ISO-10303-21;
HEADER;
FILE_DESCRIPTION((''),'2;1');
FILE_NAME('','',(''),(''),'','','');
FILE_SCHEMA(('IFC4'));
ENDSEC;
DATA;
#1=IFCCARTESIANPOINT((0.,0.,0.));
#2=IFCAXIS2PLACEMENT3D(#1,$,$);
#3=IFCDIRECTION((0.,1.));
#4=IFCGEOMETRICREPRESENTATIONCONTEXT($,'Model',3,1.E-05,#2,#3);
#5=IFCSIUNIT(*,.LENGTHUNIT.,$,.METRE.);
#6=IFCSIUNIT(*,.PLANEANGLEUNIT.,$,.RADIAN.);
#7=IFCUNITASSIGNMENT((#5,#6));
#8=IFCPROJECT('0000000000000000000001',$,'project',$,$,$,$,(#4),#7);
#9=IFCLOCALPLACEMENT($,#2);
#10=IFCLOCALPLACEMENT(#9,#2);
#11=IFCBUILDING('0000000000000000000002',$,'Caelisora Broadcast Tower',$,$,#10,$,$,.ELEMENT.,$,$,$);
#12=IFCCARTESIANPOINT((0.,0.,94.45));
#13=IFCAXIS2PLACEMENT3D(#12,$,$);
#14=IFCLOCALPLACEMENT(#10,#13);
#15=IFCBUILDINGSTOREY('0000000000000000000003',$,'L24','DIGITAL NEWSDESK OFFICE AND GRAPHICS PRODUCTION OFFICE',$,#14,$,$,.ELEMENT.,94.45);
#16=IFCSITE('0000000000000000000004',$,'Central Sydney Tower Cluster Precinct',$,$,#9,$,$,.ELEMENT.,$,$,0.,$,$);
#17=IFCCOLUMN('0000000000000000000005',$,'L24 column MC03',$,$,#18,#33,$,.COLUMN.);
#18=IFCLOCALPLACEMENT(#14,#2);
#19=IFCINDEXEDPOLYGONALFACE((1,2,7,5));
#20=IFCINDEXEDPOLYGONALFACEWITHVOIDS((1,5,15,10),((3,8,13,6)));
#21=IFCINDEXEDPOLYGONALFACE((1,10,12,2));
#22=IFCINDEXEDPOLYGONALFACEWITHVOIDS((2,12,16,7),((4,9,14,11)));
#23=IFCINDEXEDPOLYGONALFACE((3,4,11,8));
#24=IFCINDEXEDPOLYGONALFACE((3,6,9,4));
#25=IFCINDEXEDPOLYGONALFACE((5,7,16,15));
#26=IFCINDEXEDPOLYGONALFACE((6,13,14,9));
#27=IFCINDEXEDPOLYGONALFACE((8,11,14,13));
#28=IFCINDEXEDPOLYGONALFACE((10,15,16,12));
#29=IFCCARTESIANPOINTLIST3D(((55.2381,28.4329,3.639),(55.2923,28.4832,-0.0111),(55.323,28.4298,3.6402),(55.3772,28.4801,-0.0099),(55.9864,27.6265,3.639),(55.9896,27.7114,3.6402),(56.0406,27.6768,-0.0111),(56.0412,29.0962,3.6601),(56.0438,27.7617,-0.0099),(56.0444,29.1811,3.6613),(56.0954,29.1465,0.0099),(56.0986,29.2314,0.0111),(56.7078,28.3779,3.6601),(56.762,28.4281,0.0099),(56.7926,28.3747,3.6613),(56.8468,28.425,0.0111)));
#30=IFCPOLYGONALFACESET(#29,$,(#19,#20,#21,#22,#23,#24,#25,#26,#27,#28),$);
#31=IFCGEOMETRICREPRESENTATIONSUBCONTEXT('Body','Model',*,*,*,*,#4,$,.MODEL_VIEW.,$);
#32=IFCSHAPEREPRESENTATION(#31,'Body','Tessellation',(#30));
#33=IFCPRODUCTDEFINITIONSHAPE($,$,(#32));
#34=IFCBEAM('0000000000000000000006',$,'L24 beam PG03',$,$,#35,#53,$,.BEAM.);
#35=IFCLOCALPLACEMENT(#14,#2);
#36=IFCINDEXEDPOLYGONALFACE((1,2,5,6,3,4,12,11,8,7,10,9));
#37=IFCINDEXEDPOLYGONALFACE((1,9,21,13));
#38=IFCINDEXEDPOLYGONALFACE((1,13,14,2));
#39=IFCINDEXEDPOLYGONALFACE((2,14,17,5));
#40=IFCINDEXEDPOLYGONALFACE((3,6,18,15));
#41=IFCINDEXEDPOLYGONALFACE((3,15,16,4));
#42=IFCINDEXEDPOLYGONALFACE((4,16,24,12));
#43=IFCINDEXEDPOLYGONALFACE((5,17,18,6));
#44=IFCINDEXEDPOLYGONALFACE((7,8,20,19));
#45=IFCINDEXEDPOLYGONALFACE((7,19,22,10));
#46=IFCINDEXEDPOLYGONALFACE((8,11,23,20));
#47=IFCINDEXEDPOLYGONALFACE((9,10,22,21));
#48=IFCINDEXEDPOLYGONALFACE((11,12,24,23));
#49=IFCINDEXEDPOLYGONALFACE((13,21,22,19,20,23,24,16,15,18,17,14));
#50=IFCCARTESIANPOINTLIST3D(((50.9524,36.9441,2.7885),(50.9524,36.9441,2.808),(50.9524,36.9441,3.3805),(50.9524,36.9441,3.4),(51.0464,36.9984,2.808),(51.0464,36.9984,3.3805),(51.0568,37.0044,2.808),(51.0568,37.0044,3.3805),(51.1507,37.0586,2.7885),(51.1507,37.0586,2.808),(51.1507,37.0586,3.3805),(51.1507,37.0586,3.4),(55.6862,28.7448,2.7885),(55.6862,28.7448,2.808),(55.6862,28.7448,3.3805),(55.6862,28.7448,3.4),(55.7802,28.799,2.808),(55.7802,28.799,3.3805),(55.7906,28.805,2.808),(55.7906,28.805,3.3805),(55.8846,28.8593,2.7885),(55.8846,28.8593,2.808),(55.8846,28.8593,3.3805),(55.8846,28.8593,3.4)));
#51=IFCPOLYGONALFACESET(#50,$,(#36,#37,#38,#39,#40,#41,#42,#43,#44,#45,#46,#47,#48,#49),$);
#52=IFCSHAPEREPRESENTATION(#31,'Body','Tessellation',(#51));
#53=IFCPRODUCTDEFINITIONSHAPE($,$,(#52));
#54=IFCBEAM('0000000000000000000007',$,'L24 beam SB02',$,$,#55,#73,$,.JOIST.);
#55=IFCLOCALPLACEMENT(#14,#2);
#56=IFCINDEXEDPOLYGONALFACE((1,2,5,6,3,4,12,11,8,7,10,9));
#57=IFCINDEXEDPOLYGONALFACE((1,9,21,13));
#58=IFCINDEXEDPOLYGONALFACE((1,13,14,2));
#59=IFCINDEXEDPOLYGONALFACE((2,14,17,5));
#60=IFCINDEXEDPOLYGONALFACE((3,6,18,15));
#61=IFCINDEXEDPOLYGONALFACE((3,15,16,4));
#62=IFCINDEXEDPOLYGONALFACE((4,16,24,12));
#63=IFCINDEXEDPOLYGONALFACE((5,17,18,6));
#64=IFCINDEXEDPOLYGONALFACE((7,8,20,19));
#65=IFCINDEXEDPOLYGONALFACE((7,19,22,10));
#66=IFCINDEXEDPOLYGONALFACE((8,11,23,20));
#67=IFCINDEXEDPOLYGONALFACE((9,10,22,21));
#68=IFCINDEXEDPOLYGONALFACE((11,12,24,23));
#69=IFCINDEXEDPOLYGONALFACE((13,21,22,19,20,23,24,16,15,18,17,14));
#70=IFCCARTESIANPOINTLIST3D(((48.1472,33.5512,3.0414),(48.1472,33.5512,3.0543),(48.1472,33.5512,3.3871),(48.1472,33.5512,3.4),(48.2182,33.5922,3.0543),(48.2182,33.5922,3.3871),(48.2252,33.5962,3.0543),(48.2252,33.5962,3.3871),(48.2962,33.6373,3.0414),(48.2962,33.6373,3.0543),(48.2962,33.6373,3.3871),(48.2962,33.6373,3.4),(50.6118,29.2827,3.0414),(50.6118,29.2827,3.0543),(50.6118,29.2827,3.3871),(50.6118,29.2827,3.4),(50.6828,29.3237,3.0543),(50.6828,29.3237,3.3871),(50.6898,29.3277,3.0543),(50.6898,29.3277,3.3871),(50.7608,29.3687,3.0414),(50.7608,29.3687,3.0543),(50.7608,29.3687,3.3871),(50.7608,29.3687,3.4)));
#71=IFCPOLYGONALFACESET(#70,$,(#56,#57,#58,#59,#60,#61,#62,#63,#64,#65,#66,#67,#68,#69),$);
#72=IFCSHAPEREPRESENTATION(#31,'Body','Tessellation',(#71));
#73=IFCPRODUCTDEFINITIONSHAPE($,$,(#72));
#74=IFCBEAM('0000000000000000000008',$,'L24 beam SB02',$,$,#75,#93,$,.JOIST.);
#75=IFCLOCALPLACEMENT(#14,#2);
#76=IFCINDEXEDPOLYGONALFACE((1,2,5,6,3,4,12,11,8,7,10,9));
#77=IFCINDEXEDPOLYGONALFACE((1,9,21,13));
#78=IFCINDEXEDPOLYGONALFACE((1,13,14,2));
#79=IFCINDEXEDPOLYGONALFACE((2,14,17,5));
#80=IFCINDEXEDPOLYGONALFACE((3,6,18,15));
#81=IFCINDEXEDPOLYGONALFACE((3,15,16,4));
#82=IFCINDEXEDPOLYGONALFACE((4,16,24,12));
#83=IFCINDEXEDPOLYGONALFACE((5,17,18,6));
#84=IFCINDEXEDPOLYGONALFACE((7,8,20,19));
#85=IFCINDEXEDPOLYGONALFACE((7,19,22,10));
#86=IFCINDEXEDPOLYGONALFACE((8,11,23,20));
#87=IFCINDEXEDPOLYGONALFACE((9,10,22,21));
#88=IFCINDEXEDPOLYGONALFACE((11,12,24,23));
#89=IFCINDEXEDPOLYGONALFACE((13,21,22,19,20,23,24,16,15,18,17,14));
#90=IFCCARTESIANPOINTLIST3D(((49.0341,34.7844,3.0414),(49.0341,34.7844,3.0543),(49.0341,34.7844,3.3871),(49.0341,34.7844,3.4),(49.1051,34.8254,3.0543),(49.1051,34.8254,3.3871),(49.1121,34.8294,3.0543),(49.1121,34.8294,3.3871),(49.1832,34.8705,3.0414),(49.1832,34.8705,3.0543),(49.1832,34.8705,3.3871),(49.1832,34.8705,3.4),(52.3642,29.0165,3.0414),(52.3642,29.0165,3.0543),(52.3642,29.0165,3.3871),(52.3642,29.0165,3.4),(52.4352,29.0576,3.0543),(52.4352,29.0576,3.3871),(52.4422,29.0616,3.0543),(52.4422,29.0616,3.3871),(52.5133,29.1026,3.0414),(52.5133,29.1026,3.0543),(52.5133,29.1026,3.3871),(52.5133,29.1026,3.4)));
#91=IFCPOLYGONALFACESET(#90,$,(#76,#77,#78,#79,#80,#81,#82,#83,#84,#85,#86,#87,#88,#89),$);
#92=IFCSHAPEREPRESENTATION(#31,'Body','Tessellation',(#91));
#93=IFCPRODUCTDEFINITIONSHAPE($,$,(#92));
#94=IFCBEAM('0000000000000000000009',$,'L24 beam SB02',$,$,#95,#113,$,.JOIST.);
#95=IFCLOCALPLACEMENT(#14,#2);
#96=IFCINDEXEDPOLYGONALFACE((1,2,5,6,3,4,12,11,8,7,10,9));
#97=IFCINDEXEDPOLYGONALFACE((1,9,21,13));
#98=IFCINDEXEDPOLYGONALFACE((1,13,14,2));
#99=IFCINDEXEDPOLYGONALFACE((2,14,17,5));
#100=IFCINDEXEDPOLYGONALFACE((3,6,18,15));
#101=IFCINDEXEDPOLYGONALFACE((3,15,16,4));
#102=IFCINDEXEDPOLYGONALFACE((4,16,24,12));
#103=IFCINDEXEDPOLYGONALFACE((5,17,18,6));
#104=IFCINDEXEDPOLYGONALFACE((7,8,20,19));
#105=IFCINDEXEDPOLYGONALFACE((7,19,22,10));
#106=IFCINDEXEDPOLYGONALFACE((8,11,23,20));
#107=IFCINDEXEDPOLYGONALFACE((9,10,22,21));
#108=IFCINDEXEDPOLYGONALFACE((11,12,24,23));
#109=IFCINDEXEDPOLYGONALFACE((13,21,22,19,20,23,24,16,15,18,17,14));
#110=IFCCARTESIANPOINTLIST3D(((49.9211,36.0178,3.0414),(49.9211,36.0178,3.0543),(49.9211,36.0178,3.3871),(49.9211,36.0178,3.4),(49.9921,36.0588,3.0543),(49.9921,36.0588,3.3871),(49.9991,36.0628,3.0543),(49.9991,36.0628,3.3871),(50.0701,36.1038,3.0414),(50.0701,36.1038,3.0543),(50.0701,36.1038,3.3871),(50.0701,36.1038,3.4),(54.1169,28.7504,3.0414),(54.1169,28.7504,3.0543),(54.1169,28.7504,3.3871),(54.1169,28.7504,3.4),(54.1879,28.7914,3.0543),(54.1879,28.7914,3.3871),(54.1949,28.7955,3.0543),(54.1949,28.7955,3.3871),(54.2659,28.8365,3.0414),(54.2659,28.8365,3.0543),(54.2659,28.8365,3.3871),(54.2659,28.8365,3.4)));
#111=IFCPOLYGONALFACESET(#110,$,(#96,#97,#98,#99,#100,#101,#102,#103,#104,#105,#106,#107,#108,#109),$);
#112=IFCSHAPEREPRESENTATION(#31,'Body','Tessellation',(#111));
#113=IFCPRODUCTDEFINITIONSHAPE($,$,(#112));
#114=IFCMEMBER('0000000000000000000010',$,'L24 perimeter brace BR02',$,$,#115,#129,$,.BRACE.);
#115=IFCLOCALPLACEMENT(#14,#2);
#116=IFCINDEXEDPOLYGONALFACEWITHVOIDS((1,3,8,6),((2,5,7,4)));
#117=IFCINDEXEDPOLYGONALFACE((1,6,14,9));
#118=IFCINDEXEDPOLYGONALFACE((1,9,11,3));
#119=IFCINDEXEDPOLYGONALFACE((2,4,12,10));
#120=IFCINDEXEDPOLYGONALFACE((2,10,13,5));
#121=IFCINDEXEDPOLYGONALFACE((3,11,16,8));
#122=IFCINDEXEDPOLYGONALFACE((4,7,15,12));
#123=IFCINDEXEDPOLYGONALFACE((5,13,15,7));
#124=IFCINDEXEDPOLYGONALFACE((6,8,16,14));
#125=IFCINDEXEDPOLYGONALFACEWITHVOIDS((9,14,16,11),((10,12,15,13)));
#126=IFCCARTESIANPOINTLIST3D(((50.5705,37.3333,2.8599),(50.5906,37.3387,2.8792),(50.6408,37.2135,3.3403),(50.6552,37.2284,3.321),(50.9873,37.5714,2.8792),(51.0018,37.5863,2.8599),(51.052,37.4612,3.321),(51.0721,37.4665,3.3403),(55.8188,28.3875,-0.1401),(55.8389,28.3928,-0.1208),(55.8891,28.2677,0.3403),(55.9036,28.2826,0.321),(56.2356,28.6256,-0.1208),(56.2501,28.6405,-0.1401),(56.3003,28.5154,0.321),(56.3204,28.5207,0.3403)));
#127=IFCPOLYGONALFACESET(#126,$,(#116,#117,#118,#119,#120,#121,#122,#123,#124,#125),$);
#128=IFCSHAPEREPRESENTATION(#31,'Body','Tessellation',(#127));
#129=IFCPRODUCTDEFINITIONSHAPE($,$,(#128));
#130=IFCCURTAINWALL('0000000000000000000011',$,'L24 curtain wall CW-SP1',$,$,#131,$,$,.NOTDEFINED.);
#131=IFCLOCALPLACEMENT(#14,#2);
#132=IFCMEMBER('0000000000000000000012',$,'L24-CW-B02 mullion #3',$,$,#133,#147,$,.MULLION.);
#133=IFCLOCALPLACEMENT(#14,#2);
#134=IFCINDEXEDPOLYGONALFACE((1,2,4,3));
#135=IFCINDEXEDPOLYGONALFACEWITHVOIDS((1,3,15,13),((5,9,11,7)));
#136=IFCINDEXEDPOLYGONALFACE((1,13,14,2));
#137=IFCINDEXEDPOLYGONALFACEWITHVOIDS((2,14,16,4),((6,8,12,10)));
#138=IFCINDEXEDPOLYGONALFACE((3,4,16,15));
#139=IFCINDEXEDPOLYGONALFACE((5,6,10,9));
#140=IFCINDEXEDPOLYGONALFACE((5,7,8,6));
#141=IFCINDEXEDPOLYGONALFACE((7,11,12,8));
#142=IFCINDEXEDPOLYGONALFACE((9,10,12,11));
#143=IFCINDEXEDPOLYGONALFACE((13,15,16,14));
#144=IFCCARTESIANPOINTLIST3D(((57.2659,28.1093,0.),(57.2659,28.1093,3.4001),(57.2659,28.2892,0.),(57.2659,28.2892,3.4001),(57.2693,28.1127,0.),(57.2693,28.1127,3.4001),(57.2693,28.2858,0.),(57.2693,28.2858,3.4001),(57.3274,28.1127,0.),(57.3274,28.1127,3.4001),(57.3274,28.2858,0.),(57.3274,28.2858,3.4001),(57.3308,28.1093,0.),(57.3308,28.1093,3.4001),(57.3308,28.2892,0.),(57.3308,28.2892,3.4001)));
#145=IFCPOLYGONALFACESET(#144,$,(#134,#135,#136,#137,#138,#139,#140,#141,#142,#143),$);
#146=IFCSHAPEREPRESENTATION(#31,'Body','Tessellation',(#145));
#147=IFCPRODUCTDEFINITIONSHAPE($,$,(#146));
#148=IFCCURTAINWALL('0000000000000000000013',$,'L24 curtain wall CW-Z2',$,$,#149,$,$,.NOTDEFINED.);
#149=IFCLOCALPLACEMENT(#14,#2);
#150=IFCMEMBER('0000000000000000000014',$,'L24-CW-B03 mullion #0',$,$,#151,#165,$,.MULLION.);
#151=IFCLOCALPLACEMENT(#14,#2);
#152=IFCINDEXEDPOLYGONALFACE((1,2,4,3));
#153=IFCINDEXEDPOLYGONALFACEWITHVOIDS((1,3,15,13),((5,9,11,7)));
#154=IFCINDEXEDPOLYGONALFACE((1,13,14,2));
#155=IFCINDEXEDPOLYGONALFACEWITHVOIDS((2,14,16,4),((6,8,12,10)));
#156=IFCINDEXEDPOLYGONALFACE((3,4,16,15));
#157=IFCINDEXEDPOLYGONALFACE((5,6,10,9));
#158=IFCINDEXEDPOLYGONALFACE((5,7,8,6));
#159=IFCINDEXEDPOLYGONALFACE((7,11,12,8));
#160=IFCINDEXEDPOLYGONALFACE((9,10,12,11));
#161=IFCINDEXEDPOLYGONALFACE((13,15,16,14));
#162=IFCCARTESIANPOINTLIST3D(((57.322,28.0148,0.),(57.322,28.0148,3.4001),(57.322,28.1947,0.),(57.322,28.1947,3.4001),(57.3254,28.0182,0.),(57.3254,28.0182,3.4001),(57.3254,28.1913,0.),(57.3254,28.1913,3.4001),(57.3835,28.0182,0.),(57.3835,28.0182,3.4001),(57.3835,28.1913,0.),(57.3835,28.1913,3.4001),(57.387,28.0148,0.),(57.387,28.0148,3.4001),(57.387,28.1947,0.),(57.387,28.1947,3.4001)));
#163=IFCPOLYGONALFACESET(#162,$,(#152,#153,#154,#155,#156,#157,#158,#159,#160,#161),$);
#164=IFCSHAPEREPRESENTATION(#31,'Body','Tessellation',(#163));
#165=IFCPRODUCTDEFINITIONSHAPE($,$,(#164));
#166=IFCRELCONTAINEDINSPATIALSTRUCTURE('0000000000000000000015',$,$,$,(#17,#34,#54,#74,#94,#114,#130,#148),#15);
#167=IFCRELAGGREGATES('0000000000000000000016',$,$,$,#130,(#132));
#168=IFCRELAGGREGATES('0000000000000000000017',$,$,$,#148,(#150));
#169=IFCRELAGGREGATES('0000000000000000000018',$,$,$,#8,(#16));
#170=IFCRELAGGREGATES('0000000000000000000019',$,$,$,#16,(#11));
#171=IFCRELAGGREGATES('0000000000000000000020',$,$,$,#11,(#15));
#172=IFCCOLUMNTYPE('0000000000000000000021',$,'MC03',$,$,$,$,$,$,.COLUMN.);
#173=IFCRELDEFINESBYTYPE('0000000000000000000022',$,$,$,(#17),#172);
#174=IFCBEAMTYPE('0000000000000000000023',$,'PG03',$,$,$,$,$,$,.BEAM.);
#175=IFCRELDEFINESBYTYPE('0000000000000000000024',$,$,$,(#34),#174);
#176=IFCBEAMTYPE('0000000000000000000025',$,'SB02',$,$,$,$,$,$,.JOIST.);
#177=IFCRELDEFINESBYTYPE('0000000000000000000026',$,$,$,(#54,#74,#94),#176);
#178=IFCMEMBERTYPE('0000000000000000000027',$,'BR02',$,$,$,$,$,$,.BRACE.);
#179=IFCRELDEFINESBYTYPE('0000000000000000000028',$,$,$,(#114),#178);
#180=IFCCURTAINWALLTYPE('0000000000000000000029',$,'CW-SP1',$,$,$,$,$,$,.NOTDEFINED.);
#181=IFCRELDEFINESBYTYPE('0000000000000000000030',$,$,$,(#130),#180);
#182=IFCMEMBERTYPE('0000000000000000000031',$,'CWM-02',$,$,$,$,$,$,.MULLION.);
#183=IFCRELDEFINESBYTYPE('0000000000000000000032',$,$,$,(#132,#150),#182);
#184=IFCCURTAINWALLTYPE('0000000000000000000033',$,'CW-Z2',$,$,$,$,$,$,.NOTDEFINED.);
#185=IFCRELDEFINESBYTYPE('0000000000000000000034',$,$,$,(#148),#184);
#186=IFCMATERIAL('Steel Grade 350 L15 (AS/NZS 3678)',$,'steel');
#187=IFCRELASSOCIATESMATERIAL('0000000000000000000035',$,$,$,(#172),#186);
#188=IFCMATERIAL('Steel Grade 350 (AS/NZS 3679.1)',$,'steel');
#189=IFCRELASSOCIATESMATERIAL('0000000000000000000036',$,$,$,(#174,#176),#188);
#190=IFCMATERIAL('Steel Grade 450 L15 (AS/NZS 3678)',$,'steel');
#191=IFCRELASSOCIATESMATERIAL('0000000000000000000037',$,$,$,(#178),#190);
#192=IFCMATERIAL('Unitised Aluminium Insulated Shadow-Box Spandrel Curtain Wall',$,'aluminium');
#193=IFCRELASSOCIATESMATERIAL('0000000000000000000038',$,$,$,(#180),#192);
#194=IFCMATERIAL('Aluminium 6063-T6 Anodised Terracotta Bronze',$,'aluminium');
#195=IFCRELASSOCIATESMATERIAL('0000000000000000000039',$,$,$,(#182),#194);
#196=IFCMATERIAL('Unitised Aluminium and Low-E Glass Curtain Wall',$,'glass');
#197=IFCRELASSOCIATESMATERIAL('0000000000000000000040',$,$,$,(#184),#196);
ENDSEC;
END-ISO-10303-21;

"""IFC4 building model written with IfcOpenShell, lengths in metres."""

from ifc_helpers import new_model, si_unit, direction, frame, origin, origin_2d, place, context, subcontext, project, spatial, hollow_rectangle, i_section, extrude, source, transform, mapped, material, material_profile, profile_set, type_object, type_shapes, element, aggregate, save


model = new_model("IFC4")

# Units and contexts
model_context = context("Model", 3, precision=1e-05, world=origin(), true_north=direction((0.0, 1.0)))
body_context = subcontext(model_context, "Body", "Model", "MODEL_VIEW")
ifc_project = project(units=[si_unit("LENGTHUNIT", "METRE"), si_unit("PLANEANGLEUNIT", "RADIAN")], contexts=[model_context])

# Site, building, storey
site_placement = place(None, origin())
site = spatial("IfcSite", under=ifc_project, at=site_placement, Name="Central Sydney Tower Cluster Precinct", CompositionType="ELEMENT", RefElevation=0.0)
building_placement = place(site_placement, origin())
building = spatial("IfcBuilding", under=site, at=building_placement, Name="Caelisora Broadcast Tower", CompositionType="ELEMENT")
storey_placement = place(building_placement, frame((0.0, 0.0, 94.45)))
storey = spatial("IfcBuildingStorey", under=building, at=storey_placement, Name="L24", Description="DIGITAL NEWSDESK OFFICE AND GRAPHICS PRODUCTION OFFICE", CompositionType="ELEMENT", Elevation=94.45)

# Column
ifc_material_1 = material(Name="Steel Grade 350 L15 (AS/NZS 3678)", Category="steel")
ifc_material_profile_1 = material_profile(ifc_material_1, hollow_rectangle(XDim=1.1001, YDim=1.1001, WallThickness=0.0601, at=origin_2d()), Name="Steel Grade 350 L15 (AS/NZS 3678)")
ifc_profile_set_1 = profile_set([ifc_material_profile_1], Name="Steel Grade 350 L15 (AS/NZS 3678)")
column_type = type_object("IfcColumnType", Name="MC03", PredefinedType="COLUMN", material=ifc_profile_set_1)
shared_shape_1 = source(origin(), body_context, "Body", "SweptSolid", [
    extrude(hollow_rectangle(XDim=1.1001, YDim=1.1001, WallThickness=0.0601, at=origin_2d()), origin(), (0.0, 0.0, 1.0), 3.6509),
])
type_shapes(column_type, [shared_shape_1])
column_placement = place(storey_placement, frame((56.0696, 28.4541, 0.0), z_axis=(-0.014845, -0.013776, 0.999795), x_axis=(0.680198, -0.733029, 0.0)))
element("IfcColumn", 1, at=column_placement, inside=storey, type_object=column_type, Name="L24 column MC03", PredefinedType="COLUMN", context=body_context, shape_type="MappedRepresentation", body=[
    mapped(shared_shape_1, transform((0.0, 0.0, 0.0), scale=1.0)),
])

# Beams
ifc_material_2 = material(Name="Steel Grade 350 (AS/NZS 3679.1)", Category="steel")
ifc_material_profile_2 = material_profile(ifc_material_2, i_section(OverallWidth=0.229, OverallDepth=0.6116, WebThickness=0.012, FlangeThickness=0.0195, at=origin_2d()), Name="Steel Grade 350 (AS/NZS 3679.1)")
ifc_profile_set_2 = profile_set([ifc_material_profile_2], Name="Steel Grade 350 (AS/NZS 3679.1)")
beam_type_1 = type_object("IfcBeamType", Name="PG03", PredefinedType="BEAM", material=ifc_profile_set_2)
shared_shape_2 = source(origin(), body_context, "Body", "SweptSolid", [
    extrude(i_section(OverallWidth=0.229, OverallDepth=0.6116, WebThickness=0.012, FlangeThickness=0.0195, at=origin_2d()), origin(), (0.0, 0.0, 1.0), 9.4678),
])
type_shapes(beam_type_1, [shared_shape_2])
beam_1_placement = place(storey_placement, frame((55.7854, 28.802, 3.0942), z_axis=(-0.499994, 0.866029, 0.0), x_axis=(-0.866029, -0.499994, 0.0)))
element("IfcBeam", 2, at=beam_1_placement, inside=storey, type_object=beam_type_1, Name="L24 beam PG03", PredefinedType="BEAM", context=body_context, shape_type="MappedRepresentation", body=[
    mapped(shared_shape_2, transform((0.0, 0.0, 0.0), scale=1.0)),
])
ifc_material_profile_3 = material_profile(ifc_material_2, i_section(OverallWidth=0.1721, OverallDepth=0.3586, WebThickness=0.0081, FlangeThickness=0.0129, at=origin_2d()), Name="Steel Grade 350 (AS/NZS 3679.1)")
ifc_profile_set_3 = profile_set([ifc_material_profile_3], Name="Steel Grade 350 (AS/NZS 3679.1)")
beam_type_2 = type_object("IfcBeamType", Name="SB02", PredefinedType="JOIST", material=ifc_profile_set_3)
shared_shape_3 = source(origin(), body_context, "Body", "SweptSolid", [
    extrude(i_section(OverallWidth=0.1721, OverallDepth=0.3586, WebThickness=0.0081, FlangeThickness=0.0129, at=origin_2d()), origin(), (0.0, 0.0, 1.0), 4.929),
])
beam_2_placement = place(storey_placement, frame((50.6863, 29.3257, 3.2207), z_axis=(-0.500023, 0.866012, 0.0), x_axis=(-0.866012, -0.500023, 0.0)))
element("IfcBeam", 3, at=beam_2_placement, inside=storey, type_object=beam_type_2, Name="L24 beam SB02", PredefinedType="JOIST", context=body_context, shape_type="MappedRepresentation", body=[
    mapped(shared_shape_3, transform((0.0, 0.0, 0.0), scale=1.0)),
])
shared_shape_4 = source(origin(), body_context, "Body", "SweptSolid", [
    extrude(i_section(OverallWidth=0.1721, OverallDepth=0.3586, WebThickness=0.0081, FlangeThickness=0.0129, at=origin_2d()), origin(), (0.0, 0.0, 1.0), 6.6602),
])
beam_3_placement = place(storey_placement, frame((52.4387, 29.0596, 3.2207), z_axis=(-0.500003, 0.866024, 0.0), x_axis=(-0.866024, -0.500003, 0.0)))
element("IfcBeam", 4, at=beam_3_placement, inside=storey, type_object=beam_type_2, Name="L24 beam SB02", PredefinedType="JOIST", context=body_context, shape_type="MappedRepresentation", body=[
    mapped(shared_shape_4, transform((0.0, 0.0, 0.0), scale=1.0)),
])
shared_shape_5 = source(origin(), body_context, "Body", "SweptSolid", [
    extrude(i_section(OverallWidth=0.1721, OverallDepth=0.3586, WebThickness=0.0081, FlangeThickness=0.0129, at=origin_2d()), origin(), (0.0, 0.0, 1.0), 8.3916),
])
type_shapes(beam_type_2, [shared_shape_3, shared_shape_4, shared_shape_5])
beam_4_placement = place(storey_placement, frame((54.1914, 28.7935, 3.2207), z_axis=(-0.5, 0.866025, 0.0), x_axis=(-0.866025, -0.5, 0.0)))
element("IfcBeam", 5, at=beam_4_placement, inside=storey, type_object=beam_type_2, Name="L24 beam SB02", PredefinedType="JOIST", context=body_context, shape_type="MappedRepresentation", body=[
    mapped(shared_shape_5, transform((0.0, 0.0, 0.0), scale=1.0)),
])

# Member
ifc_material_3 = material(Name="Steel Grade 450 L15 (AS/NZS 3678)", Category="steel")
ifc_material_profile_4 = material_profile(ifc_material_3, hollow_rectangle(XDim=0.5, YDim=0.5, WallThickness=0.02, at=origin_2d()), Name="Steel Grade 450 L15 (AS/NZS 3678)")
ifc_profile_set_4 = profile_set([ifc_material_profile_4], Name="Steel Grade 450 L15 (AS/NZS 3678)")
member_type_1 = type_object("IfcMemberType", Name="BR02", PredefinedType="BRACE", material=ifc_profile_set_4)
shared_shape_6 = source(origin(), body_context, "Body", "SweptSolid", [
    extrude(hollow_rectangle(XDim=0.5, YDim=0.5, WallThickness=0.02, at=origin_2d()), origin(), (0.0, 0.0, 1.0), 10.7969),
])
type_shapes(member_type_1, [shared_shape_6])
member_1_placement = place(storey_placement, frame((56.0696, 28.4541, 0.1001), z_axis=(-0.486095, 0.828557, 0.277859), x_axis=(-0.862521, -0.506021, 0.0)))
element("IfcMember", 6, at=member_1_placement, inside=storey, type_object=member_type_1, Name="L24 perimeter brace BR02", PredefinedType="BRACE", context=body_context, shape_type="MappedRepresentation", body=[
    mapped(shared_shape_6, transform((0.0, 0.0, 0.0), scale=1.0)),
])

# Curtain wall, member
ifc_material_4 = material(Name="Unitised Aluminium Insulated Shadow-Box Spandrel Curtain Wall", Category="aluminium")
curtain_wall_type_1 = type_object("IfcCurtainWallType", Name="CW-SP1", PredefinedType="NOTDEFINED", material=ifc_material_4)
curtain_wall_1_placement = place(storey_placement, origin())
curtain_wall_1 = element("IfcCurtainWall", 7, at=curtain_wall_1_placement, inside=storey, type_object=curtain_wall_type_1, Name="L24 curtain wall CW-SP1", PredefinedType="NOTDEFINED")
ifc_material_5 = material(Name="Aluminium 6063-T6 Anodised Terracotta Bronze", Category="aluminium")
ifc_material_profile_5 = material_profile(ifc_material_5, hollow_rectangle(XDim=0.0649, YDim=0.1799, WallThickness=0.0034, at=origin_2d()), Name="Aluminium 6063-T6 Anodised Terracotta Bronze")
ifc_profile_set_5 = profile_set([ifc_material_profile_5], Name="Aluminium 6063-T6 Anodised Terracotta Bronze")
member_type_2 = type_object("IfcMemberType", Name="CWM-02", PredefinedType="MULLION", material=ifc_profile_set_5)
shared_shape_7 = source(origin(), body_context, "Body", "SweptSolid", [
    extrude(hollow_rectangle(XDim=0.0649, YDim=0.1799, WallThickness=0.0034, at=origin_2d()), origin(), (0.0, 0.0, 1.0), 3.4001),
])
type_shapes(member_type_2, [shared_shape_7])
member_2_placement = place(storey_placement, frame((57.2983, 28.1992, 0.0), z_axis=(0.0, 0.0, 1.0), x_axis=(1.0, 0.0, 0.0)))
member_2 = element("IfcMember", 8, at=member_2_placement, type_object=member_type_2, Name="L24-CW-B02 mullion #3", PredefinedType="MULLION", context=body_context, shape_type="MappedRepresentation", body=[
    mapped(shared_shape_7, transform((0.0, 0.0, 0.0), scale=1.0)),
])

# Curtain wall, member
ifc_material_6 = material(Name="Unitised Aluminium and Low-E Glass Curtain Wall", Category="glass")
curtain_wall_type_2 = type_object("IfcCurtainWallType", Name="CW-Z2", PredefinedType="NOTDEFINED", material=ifc_material_6)
curtain_wall_2_placement = place(storey_placement, origin())
curtain_wall_2 = element("IfcCurtainWall", 9, at=curtain_wall_2_placement, inside=storey, type_object=curtain_wall_type_2, Name="L24 curtain wall CW-Z2", PredefinedType="NOTDEFINED")
member_3_placement = place(storey_placement, frame((57.3545, 28.1047, 0.0), z_axis=(0.0, 0.0, 1.0), x_axis=(1.0, 0.0, 0.0)))
member_3 = element("IfcMember", 10, at=member_3_placement, type_object=member_type_2, Name="L24-CW-B03 mullion #0", PredefinedType="MULLION", context=body_context, shape_type="MappedRepresentation", body=[
    mapped(shared_shape_7, transform((0.0, 0.0, 0.0), scale=1.0)),
])

aggregate(curtain_wall_1, [member_2])
aggregate(curtain_wall_2, [member_3])

save(model, "model.ifc")
